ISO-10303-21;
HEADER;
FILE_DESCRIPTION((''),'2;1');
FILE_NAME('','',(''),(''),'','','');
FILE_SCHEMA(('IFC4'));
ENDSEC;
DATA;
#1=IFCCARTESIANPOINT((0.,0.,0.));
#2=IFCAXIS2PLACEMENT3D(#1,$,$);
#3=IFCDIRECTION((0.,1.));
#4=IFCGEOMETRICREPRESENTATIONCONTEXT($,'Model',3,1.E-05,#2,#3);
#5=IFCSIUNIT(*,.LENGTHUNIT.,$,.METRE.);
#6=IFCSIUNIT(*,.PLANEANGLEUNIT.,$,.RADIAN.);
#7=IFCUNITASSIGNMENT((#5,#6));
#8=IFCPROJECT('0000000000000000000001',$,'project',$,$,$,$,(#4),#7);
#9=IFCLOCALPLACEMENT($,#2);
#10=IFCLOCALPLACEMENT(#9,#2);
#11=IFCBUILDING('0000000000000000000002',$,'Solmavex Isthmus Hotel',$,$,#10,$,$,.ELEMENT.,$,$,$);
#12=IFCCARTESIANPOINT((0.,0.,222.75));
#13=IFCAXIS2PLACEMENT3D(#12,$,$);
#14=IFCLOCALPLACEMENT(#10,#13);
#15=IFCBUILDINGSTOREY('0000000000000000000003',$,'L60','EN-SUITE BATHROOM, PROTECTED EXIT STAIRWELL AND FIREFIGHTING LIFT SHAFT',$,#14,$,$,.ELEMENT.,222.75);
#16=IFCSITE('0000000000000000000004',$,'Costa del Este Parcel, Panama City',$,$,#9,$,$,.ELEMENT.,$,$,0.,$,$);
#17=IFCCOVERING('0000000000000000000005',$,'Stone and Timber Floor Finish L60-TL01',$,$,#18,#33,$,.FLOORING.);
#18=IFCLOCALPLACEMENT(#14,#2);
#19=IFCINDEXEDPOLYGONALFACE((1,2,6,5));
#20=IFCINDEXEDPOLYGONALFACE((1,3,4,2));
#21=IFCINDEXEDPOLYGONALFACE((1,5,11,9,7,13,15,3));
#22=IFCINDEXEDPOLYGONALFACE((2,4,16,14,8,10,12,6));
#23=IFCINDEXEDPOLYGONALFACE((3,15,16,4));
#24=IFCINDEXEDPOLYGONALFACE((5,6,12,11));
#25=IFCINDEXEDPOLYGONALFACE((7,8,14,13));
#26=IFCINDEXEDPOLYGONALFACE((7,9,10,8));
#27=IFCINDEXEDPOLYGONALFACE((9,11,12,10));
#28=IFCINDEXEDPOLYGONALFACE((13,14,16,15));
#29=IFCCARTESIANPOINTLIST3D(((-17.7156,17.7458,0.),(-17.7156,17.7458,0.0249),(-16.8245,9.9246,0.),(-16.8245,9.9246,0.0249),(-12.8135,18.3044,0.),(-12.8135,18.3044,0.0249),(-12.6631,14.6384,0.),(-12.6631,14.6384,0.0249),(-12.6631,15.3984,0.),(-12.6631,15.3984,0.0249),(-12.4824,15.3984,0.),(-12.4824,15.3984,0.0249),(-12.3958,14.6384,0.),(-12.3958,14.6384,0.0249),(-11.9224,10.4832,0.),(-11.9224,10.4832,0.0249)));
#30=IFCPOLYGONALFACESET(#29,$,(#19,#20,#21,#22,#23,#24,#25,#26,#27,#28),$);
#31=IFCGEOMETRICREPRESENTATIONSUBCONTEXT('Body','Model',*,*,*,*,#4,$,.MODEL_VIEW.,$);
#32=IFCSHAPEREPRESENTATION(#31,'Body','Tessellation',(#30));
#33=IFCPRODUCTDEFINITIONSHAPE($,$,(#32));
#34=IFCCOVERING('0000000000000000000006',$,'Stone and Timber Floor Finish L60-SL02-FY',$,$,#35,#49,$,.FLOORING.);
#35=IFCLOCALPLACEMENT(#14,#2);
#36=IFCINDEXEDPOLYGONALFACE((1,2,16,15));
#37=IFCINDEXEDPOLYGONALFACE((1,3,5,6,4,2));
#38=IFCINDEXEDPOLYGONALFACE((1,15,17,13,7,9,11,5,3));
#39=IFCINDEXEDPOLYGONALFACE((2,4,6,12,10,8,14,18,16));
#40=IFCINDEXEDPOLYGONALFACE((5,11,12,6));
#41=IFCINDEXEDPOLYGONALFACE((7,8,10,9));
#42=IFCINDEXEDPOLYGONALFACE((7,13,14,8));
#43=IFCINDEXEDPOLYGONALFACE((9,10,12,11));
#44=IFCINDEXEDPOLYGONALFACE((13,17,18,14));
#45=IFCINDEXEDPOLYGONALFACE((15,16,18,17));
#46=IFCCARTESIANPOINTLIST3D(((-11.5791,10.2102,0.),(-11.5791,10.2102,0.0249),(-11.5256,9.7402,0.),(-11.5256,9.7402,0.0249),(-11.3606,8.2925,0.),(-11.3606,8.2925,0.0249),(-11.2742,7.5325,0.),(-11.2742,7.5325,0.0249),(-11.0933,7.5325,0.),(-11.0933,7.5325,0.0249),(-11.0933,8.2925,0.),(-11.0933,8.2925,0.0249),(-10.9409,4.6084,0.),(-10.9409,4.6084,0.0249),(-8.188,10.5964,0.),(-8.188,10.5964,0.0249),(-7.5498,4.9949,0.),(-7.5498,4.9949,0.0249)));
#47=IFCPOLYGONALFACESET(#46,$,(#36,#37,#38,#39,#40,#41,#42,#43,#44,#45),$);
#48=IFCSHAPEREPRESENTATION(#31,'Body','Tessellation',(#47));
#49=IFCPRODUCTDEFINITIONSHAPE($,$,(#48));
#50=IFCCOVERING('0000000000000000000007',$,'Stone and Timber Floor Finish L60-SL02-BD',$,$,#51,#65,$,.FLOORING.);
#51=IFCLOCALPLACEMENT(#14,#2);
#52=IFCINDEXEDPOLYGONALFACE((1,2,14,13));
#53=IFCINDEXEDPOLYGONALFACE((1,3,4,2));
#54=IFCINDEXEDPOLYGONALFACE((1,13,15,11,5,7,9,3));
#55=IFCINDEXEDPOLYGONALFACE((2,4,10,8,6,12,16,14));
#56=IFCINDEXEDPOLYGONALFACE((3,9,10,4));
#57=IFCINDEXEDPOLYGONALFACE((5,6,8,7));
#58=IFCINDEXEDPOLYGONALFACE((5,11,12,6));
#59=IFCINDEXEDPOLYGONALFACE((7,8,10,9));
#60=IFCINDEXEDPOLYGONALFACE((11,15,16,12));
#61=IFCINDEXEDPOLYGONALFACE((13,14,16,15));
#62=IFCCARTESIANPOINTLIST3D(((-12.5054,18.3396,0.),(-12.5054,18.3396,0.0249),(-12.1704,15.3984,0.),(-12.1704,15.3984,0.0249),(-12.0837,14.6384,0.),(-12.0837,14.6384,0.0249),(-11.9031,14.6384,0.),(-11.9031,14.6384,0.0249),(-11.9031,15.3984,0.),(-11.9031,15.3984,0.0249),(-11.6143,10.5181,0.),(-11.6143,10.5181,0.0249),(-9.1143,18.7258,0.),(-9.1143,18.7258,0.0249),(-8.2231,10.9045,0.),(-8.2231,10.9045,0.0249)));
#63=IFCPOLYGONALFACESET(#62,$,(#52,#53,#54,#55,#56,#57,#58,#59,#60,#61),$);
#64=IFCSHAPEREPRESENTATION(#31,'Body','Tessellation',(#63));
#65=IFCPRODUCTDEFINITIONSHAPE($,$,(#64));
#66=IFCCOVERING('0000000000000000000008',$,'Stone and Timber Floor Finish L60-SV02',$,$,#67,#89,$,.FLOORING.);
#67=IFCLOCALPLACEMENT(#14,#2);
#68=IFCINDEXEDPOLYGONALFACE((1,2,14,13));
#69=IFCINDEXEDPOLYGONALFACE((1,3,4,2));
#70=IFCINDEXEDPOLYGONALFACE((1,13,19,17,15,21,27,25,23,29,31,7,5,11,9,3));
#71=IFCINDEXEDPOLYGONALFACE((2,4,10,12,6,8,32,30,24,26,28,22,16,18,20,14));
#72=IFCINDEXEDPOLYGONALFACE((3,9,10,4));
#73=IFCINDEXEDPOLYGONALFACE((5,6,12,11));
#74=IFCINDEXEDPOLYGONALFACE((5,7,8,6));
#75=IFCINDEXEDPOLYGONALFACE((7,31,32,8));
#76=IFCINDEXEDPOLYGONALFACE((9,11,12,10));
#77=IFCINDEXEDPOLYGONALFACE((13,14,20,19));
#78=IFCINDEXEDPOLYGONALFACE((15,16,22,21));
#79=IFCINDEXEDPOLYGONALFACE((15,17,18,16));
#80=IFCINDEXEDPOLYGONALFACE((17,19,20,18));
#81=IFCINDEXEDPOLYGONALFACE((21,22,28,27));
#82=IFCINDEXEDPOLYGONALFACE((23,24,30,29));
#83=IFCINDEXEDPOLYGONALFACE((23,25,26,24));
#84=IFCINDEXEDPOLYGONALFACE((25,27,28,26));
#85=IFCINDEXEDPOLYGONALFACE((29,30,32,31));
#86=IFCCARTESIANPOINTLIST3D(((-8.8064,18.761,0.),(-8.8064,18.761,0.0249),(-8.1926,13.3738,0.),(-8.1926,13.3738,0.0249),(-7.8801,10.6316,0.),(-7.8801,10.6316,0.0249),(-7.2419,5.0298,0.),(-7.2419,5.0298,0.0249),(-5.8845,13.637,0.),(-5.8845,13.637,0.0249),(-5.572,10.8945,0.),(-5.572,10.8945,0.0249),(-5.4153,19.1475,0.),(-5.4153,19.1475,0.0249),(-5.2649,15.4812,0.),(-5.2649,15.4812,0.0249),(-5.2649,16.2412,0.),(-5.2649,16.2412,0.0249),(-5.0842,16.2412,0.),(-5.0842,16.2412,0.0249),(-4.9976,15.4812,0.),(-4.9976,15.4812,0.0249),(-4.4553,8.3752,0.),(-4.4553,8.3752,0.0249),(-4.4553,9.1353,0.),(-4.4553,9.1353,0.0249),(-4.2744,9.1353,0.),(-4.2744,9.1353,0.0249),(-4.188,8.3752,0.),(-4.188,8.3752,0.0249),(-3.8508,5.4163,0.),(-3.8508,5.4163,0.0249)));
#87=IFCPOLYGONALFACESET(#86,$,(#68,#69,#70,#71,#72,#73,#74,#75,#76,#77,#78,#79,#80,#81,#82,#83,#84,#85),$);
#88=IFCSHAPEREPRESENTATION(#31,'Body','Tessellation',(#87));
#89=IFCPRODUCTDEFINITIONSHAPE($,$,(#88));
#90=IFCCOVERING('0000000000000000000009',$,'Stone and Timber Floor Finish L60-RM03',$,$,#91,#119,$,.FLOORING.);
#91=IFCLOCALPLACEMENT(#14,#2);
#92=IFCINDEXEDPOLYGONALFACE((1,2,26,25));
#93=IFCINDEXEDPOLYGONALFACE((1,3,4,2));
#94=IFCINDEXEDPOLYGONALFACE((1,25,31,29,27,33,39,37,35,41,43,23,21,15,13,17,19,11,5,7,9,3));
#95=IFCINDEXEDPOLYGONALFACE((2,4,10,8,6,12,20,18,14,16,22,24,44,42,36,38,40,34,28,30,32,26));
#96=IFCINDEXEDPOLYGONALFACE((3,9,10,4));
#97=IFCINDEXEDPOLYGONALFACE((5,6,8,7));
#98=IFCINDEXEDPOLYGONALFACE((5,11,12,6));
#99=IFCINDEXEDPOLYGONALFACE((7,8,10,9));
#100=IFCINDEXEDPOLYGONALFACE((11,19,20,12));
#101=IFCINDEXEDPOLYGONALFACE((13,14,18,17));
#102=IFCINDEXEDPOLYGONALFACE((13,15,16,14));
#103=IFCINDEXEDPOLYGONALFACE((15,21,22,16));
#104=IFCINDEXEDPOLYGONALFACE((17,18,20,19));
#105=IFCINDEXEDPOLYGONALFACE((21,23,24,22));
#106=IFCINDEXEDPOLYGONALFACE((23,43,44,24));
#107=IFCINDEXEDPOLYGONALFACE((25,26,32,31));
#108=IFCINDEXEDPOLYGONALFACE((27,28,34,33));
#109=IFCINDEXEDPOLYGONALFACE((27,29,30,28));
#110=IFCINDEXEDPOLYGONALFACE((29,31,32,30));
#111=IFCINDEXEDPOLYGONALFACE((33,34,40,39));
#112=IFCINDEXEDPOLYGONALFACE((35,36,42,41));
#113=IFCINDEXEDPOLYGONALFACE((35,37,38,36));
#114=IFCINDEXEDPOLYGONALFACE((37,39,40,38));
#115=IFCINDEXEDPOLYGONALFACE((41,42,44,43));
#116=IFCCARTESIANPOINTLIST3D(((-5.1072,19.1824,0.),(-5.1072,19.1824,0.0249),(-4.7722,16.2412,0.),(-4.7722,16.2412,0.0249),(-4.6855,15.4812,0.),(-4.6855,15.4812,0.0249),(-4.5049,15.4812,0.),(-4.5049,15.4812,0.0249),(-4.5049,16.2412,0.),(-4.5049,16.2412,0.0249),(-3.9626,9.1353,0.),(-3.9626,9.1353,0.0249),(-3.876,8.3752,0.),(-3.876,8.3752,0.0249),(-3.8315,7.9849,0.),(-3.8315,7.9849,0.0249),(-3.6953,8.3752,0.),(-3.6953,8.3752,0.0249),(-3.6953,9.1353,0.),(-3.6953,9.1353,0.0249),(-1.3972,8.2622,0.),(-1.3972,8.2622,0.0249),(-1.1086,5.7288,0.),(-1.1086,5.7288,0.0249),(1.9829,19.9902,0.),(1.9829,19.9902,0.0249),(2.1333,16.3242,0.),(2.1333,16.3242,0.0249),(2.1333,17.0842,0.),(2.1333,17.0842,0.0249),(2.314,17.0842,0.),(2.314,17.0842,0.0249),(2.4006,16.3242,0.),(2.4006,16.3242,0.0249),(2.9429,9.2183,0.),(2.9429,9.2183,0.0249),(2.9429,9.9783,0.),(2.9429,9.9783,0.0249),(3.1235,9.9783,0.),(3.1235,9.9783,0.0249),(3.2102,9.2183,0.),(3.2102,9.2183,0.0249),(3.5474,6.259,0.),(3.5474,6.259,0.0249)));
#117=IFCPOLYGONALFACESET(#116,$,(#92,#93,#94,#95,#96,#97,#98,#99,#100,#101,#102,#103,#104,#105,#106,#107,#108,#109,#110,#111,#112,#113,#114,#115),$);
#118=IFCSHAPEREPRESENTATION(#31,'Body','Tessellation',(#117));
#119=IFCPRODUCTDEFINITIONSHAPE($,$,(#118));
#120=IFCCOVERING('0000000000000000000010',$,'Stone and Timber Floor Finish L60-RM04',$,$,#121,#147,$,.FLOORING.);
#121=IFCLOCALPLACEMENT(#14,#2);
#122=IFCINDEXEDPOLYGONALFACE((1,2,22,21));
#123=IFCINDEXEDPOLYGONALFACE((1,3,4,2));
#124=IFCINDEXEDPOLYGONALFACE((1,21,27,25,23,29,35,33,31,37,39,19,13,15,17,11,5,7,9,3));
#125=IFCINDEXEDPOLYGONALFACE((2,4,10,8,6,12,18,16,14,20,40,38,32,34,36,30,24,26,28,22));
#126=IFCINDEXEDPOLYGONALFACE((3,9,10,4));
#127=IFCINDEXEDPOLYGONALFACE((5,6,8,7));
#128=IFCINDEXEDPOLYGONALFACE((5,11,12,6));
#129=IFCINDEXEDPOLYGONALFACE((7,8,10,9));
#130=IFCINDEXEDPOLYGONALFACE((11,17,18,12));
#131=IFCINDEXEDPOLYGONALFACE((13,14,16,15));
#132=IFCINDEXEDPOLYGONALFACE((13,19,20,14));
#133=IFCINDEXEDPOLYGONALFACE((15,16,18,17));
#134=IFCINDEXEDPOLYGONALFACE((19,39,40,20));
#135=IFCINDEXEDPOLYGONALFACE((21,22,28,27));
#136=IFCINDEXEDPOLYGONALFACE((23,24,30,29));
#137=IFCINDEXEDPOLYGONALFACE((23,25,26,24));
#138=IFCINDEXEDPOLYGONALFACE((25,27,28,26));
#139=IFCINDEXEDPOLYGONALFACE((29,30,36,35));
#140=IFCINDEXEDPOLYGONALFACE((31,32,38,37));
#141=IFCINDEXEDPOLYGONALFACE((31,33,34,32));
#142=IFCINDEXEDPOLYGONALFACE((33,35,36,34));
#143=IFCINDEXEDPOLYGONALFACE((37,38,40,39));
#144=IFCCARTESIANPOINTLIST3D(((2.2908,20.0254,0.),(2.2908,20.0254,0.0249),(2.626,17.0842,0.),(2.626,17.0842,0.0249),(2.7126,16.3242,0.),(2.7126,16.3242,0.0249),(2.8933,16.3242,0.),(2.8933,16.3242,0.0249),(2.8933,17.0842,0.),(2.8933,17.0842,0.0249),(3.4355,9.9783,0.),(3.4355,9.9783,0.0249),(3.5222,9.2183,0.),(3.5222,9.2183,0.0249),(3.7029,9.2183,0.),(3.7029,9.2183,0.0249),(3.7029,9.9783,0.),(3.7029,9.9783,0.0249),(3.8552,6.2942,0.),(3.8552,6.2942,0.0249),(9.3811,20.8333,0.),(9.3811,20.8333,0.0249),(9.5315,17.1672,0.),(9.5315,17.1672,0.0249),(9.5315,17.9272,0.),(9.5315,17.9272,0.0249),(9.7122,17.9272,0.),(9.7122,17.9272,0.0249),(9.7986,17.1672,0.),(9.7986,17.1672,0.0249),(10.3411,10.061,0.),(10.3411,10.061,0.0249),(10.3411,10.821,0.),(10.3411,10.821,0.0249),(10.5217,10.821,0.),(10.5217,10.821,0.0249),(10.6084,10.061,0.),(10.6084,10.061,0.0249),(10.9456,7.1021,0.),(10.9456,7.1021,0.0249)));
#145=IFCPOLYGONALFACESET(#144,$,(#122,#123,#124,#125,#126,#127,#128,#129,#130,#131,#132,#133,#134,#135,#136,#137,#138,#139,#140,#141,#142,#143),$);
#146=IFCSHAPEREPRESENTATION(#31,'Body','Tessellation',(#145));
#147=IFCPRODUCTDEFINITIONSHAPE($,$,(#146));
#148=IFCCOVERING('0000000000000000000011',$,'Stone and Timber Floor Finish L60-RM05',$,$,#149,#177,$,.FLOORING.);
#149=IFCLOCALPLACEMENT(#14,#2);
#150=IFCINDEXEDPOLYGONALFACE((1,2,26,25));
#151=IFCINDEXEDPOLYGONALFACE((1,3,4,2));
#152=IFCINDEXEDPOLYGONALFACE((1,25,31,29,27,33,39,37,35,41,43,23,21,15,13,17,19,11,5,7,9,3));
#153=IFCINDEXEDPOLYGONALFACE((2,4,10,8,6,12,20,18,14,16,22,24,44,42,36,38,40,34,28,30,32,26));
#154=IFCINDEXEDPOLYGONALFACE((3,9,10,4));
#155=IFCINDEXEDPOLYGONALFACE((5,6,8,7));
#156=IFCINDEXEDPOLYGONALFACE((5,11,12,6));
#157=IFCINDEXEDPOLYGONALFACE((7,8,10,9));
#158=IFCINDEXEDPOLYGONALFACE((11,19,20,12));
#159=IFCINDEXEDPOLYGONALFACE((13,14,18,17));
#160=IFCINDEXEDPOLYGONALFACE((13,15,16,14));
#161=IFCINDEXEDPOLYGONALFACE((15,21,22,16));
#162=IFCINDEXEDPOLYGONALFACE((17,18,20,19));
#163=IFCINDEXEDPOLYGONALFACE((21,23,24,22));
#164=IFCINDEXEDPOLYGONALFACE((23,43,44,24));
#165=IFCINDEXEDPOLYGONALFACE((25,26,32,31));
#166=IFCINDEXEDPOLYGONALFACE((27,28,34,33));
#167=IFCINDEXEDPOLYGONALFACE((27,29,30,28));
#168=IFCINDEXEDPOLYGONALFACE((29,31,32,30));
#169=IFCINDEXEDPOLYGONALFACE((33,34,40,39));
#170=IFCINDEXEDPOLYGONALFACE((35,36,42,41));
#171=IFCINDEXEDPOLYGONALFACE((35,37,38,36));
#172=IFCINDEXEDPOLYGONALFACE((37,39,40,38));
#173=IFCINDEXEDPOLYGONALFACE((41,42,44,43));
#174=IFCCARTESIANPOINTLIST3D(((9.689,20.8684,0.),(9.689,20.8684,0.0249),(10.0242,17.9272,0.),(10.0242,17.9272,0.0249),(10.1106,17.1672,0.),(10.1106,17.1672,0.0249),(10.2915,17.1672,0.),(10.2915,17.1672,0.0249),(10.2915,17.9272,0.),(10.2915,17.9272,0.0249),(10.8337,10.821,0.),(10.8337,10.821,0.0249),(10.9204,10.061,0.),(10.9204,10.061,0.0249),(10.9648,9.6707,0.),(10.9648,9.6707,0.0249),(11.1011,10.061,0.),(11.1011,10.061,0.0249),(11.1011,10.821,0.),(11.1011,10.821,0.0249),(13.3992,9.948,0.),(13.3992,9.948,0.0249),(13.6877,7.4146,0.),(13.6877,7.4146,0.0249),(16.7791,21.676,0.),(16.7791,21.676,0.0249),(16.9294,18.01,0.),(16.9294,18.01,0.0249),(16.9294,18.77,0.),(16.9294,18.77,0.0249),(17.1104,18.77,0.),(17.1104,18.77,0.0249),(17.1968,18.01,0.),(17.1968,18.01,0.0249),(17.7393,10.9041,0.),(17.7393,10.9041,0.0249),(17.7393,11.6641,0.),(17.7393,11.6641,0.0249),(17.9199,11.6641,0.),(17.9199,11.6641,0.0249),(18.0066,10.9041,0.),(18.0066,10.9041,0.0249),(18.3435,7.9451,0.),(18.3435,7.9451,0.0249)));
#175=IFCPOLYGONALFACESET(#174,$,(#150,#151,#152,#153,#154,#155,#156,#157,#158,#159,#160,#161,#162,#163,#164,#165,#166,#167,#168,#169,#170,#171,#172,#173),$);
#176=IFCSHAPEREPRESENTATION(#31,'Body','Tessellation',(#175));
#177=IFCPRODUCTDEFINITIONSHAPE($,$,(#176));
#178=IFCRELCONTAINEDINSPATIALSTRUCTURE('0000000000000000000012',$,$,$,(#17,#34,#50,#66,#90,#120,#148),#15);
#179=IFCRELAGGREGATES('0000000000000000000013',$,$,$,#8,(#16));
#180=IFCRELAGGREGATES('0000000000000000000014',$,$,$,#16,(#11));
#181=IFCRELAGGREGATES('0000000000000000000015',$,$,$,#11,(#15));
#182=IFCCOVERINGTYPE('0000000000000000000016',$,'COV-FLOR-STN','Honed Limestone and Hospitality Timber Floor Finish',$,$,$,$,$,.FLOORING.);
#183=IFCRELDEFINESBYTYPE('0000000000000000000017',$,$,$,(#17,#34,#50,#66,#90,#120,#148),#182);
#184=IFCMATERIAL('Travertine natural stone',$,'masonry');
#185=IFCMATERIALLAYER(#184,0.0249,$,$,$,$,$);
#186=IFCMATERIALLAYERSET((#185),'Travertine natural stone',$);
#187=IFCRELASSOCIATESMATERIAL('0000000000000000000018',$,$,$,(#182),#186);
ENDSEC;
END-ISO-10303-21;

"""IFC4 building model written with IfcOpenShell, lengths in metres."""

from ifc_helpers import new_model, si_unit, direction, frame, origin, place, context, subcontext, project, spatial, polyline, outline, extrude, material, layer, layer_set, type_object, element, save


model = new_model("IFC4")

# Units and contexts
model_context = context("Model", 3, precision=1e-05, world=origin(), true_north=direction((0.0, 1.0)))
body_context = subcontext(model_context, "Body", "Model", "MODEL_VIEW")
ifc_project = project(units=[si_unit("LENGTHUNIT", "METRE"), si_unit("PLANEANGLEUNIT", "RADIAN")], contexts=[model_context])

# Site, building, storey
site_placement = place(None, origin())
site = spatial("IfcSite", under=ifc_project, at=site_placement, Name="Costa del Este Parcel, Panama City", CompositionType="ELEMENT", RefElevation=0.0)
building_placement = place(site_placement, origin())
building = spatial("IfcBuilding", under=site, at=building_placement, Name="Solmavex Isthmus Hotel", CompositionType="ELEMENT")
storey_placement = place(building_placement, frame((0.0, 0.0, 222.75)))
storey = spatial("IfcBuildingStorey", under=building, at=storey_placement, Name="L60", Description="EN-SUITE BATHROOM, PROTECTED EXIT STAIRWELL AND FIREFIGHTING LIFT SHAFT", CompositionType="ELEMENT", Elevation=222.75)

# Coverings
ifc_material_1 = material(Name="Travertine natural stone", Category="masonry")
ifc_layer_1 = layer(ifc_material_1, 0.0249)
ifc_layer_set_1 = layer_set([ifc_layer_1], Name="Travertine natural stone")
covering_type_1 = type_object("IfcCoveringType", Name="COV-FLOR-STN", Description="Honed Limestone and Hospitality Timber Floor Finish", PredefinedType="FLOORING", material=ifc_layer_set_1)
covering_1_placement = place(storey_placement, origin())
element("IfcCovering", 1, at=covering_1_placement, inside=storey, type_object=covering_type_1, Name="Stone and Timber Floor Finish L60-TL01", PredefinedType="FLOORING", context=body_context, shape_type="SweptSolid", body=[
    extrude(outline(polyline([(-12.3958, 14.6384), (-12.6631, 14.6384), (-12.6631, 15.3984), (-12.4824, 15.3984), (-12.8135, 18.3044), (-17.7156, 17.7458), (-16.8245, 9.9246), (-11.9224, 10.4832), (-12.3958, 14.6384)])), origin(), (0.0, 0.0, 1.0), 0.0249),
])
covering_2_placement = place(storey_placement, origin())
element("IfcCovering", 2, at=covering_2_placement, inside=storey, type_object=covering_type_1, Name="Stone and Timber Floor Finish L60-SL02-FY", PredefinedType="FLOORING", context=body_context, shape_type="SweptSolid", body=[
    extrude(outline(polyline([(-11.3606, 8.2925), (-11.0933, 8.2925), (-11.0933, 7.5325), (-11.2742, 7.5325), (-10.9409, 4.6084), (-7.5498, 4.9949), (-8.188, 10.5964), (-11.5791, 10.2102), (-11.5256, 9.7402), (-11.3606, 8.2925)])), origin(), (0.0, 0.0, 1.0), 0.0249),
])
covering_3_placement = place(storey_placement, origin())
element("IfcCovering", 3, at=covering_3_placement, inside=storey, type_object=covering_type_1, Name="Stone and Timber Floor Finish L60-SL02-BD", PredefinedType="FLOORING", context=body_context, shape_type="SweptSolid", body=[
    extrude(outline(polyline([(-12.1704, 15.3984), (-11.9031, 15.3984), (-11.9031, 14.6384), (-12.0837, 14.6384), (-11.6143, 10.5181), (-8.2231, 10.9045), (-9.1143, 18.7258), (-12.5054, 18.3396), (-12.1704, 15.3984)])), origin(), (0.0, 0.0, 1.0), 0.0249),
])
covering_4_placement = place(storey_placement, origin())
element("IfcCovering", 4, at=covering_4_placement, inside=storey, type_object=covering_type_1, Name="Stone and Timber Floor Finish L60-SV02", PredefinedType="FLOORING", context=body_context, shape_type="SweptSolid", body=[
    extrude(outline(polyline([(-4.9976, 15.4812), (-5.2649, 15.4812), (-5.2649, 16.2412), (-5.0842, 16.2412), (-5.4153, 19.1475), (-8.8064, 18.761), (-8.1926, 13.3738), (-5.8845, 13.637), (-5.572, 10.8945), (-7.8801, 10.6316), (-7.2419, 5.0298), (-3.8508, 5.4163), (-4.188, 8.3752), (-4.4553, 8.3752), (-4.4553, 9.1353), (-4.2744, 9.1353), (-4.9976, 15.4812)])), origin(), (0.0, 0.0, 1.0), 0.0249),
])
covering_5_placement = place(storey_placement, origin())
element("IfcCovering", 5, at=covering_5_placement, inside=storey, type_object=covering_type_1, Name="Stone and Timber Floor Finish L60-RM03", PredefinedType="FLOORING", context=body_context, shape_type="SweptSolid", body=[
    extrude(outline(polyline([(-3.9626, 9.1353), (-3.6953, 9.1353), (-3.6953, 8.3752), (-3.876, 8.3752), (-3.8315, 7.9849), (-1.3972, 8.2622), (-1.1086, 5.7288), (3.5474, 6.259), (3.2102, 9.2183), (2.9429, 9.2183), (2.9429, 9.9783), (3.1235, 9.9783), (2.4006, 16.3242), (2.1333, 16.3242), (2.1333, 17.0842), (2.314, 17.0842), (1.9829, 19.9902), (-5.1072, 19.1824), (-4.7722, 16.2412), (-4.5049, 16.2412), (-4.5049, 15.4812), (-4.6855, 15.4812), (-3.9626, 9.1353)])), origin(), (0.0, 0.0, 1.0), 0.0249),
])
covering_6_placement = place(storey_placement, origin())
element("IfcCovering", 6, at=covering_6_placement, inside=storey, type_object=covering_type_1, Name="Stone and Timber Floor Finish L60-RM04", PredefinedType="FLOORING", context=body_context, shape_type="SweptSolid", body=[
    extrude(outline(polyline([(3.4355, 9.9783), (3.7029, 9.9783), (3.7029, 9.2183), (3.5222, 9.2183), (3.8552, 6.2942), (10.9456, 7.1021), (10.6084, 10.061), (10.3411, 10.061), (10.3411, 10.821), (10.5217, 10.821), (9.7986, 17.1672), (9.5315, 17.1672), (9.5315, 17.9272), (9.7122, 17.9272), (9.3811, 20.8333), (2.2908, 20.0254), (2.626, 17.0842), (2.8933, 17.0842), (2.8933, 16.3242), (2.7126, 16.3242), (3.4355, 9.9783)])), origin(), (0.0, 0.0, 1.0), 0.0249),
])
covering_7_placement = place(storey_placement, origin())
element("IfcCovering", 7, at=covering_7_placement, inside=storey, type_object=covering_type_1, Name="Stone and Timber Floor Finish L60-RM05", PredefinedType="FLOORING", context=body_context, shape_type="SweptSolid", body=[
    extrude(outline(polyline([(10.8337, 10.821), (11.1011, 10.821), (11.1011, 10.061), (10.9204, 10.061), (10.9648, 9.6707), (13.3992, 9.948), (13.6877, 7.4146), (18.3435, 7.9451), (18.0066, 10.9041), (17.7393, 10.9041), (17.7393, 11.6641), (17.9199, 11.6641), (17.1968, 18.01), (16.9294, 18.01), (16.9294, 18.77), (17.1104, 18.77), (16.7791, 21.676), (9.689, 20.8684), (10.0242, 17.9272), (10.2915, 17.9272), (10.2915, 17.1672), (10.1106, 17.1672), (10.8337, 10.821)])), origin(), (0.0, 0.0, 1.0), 0.0249),
])

save(model, "model.ifc")
